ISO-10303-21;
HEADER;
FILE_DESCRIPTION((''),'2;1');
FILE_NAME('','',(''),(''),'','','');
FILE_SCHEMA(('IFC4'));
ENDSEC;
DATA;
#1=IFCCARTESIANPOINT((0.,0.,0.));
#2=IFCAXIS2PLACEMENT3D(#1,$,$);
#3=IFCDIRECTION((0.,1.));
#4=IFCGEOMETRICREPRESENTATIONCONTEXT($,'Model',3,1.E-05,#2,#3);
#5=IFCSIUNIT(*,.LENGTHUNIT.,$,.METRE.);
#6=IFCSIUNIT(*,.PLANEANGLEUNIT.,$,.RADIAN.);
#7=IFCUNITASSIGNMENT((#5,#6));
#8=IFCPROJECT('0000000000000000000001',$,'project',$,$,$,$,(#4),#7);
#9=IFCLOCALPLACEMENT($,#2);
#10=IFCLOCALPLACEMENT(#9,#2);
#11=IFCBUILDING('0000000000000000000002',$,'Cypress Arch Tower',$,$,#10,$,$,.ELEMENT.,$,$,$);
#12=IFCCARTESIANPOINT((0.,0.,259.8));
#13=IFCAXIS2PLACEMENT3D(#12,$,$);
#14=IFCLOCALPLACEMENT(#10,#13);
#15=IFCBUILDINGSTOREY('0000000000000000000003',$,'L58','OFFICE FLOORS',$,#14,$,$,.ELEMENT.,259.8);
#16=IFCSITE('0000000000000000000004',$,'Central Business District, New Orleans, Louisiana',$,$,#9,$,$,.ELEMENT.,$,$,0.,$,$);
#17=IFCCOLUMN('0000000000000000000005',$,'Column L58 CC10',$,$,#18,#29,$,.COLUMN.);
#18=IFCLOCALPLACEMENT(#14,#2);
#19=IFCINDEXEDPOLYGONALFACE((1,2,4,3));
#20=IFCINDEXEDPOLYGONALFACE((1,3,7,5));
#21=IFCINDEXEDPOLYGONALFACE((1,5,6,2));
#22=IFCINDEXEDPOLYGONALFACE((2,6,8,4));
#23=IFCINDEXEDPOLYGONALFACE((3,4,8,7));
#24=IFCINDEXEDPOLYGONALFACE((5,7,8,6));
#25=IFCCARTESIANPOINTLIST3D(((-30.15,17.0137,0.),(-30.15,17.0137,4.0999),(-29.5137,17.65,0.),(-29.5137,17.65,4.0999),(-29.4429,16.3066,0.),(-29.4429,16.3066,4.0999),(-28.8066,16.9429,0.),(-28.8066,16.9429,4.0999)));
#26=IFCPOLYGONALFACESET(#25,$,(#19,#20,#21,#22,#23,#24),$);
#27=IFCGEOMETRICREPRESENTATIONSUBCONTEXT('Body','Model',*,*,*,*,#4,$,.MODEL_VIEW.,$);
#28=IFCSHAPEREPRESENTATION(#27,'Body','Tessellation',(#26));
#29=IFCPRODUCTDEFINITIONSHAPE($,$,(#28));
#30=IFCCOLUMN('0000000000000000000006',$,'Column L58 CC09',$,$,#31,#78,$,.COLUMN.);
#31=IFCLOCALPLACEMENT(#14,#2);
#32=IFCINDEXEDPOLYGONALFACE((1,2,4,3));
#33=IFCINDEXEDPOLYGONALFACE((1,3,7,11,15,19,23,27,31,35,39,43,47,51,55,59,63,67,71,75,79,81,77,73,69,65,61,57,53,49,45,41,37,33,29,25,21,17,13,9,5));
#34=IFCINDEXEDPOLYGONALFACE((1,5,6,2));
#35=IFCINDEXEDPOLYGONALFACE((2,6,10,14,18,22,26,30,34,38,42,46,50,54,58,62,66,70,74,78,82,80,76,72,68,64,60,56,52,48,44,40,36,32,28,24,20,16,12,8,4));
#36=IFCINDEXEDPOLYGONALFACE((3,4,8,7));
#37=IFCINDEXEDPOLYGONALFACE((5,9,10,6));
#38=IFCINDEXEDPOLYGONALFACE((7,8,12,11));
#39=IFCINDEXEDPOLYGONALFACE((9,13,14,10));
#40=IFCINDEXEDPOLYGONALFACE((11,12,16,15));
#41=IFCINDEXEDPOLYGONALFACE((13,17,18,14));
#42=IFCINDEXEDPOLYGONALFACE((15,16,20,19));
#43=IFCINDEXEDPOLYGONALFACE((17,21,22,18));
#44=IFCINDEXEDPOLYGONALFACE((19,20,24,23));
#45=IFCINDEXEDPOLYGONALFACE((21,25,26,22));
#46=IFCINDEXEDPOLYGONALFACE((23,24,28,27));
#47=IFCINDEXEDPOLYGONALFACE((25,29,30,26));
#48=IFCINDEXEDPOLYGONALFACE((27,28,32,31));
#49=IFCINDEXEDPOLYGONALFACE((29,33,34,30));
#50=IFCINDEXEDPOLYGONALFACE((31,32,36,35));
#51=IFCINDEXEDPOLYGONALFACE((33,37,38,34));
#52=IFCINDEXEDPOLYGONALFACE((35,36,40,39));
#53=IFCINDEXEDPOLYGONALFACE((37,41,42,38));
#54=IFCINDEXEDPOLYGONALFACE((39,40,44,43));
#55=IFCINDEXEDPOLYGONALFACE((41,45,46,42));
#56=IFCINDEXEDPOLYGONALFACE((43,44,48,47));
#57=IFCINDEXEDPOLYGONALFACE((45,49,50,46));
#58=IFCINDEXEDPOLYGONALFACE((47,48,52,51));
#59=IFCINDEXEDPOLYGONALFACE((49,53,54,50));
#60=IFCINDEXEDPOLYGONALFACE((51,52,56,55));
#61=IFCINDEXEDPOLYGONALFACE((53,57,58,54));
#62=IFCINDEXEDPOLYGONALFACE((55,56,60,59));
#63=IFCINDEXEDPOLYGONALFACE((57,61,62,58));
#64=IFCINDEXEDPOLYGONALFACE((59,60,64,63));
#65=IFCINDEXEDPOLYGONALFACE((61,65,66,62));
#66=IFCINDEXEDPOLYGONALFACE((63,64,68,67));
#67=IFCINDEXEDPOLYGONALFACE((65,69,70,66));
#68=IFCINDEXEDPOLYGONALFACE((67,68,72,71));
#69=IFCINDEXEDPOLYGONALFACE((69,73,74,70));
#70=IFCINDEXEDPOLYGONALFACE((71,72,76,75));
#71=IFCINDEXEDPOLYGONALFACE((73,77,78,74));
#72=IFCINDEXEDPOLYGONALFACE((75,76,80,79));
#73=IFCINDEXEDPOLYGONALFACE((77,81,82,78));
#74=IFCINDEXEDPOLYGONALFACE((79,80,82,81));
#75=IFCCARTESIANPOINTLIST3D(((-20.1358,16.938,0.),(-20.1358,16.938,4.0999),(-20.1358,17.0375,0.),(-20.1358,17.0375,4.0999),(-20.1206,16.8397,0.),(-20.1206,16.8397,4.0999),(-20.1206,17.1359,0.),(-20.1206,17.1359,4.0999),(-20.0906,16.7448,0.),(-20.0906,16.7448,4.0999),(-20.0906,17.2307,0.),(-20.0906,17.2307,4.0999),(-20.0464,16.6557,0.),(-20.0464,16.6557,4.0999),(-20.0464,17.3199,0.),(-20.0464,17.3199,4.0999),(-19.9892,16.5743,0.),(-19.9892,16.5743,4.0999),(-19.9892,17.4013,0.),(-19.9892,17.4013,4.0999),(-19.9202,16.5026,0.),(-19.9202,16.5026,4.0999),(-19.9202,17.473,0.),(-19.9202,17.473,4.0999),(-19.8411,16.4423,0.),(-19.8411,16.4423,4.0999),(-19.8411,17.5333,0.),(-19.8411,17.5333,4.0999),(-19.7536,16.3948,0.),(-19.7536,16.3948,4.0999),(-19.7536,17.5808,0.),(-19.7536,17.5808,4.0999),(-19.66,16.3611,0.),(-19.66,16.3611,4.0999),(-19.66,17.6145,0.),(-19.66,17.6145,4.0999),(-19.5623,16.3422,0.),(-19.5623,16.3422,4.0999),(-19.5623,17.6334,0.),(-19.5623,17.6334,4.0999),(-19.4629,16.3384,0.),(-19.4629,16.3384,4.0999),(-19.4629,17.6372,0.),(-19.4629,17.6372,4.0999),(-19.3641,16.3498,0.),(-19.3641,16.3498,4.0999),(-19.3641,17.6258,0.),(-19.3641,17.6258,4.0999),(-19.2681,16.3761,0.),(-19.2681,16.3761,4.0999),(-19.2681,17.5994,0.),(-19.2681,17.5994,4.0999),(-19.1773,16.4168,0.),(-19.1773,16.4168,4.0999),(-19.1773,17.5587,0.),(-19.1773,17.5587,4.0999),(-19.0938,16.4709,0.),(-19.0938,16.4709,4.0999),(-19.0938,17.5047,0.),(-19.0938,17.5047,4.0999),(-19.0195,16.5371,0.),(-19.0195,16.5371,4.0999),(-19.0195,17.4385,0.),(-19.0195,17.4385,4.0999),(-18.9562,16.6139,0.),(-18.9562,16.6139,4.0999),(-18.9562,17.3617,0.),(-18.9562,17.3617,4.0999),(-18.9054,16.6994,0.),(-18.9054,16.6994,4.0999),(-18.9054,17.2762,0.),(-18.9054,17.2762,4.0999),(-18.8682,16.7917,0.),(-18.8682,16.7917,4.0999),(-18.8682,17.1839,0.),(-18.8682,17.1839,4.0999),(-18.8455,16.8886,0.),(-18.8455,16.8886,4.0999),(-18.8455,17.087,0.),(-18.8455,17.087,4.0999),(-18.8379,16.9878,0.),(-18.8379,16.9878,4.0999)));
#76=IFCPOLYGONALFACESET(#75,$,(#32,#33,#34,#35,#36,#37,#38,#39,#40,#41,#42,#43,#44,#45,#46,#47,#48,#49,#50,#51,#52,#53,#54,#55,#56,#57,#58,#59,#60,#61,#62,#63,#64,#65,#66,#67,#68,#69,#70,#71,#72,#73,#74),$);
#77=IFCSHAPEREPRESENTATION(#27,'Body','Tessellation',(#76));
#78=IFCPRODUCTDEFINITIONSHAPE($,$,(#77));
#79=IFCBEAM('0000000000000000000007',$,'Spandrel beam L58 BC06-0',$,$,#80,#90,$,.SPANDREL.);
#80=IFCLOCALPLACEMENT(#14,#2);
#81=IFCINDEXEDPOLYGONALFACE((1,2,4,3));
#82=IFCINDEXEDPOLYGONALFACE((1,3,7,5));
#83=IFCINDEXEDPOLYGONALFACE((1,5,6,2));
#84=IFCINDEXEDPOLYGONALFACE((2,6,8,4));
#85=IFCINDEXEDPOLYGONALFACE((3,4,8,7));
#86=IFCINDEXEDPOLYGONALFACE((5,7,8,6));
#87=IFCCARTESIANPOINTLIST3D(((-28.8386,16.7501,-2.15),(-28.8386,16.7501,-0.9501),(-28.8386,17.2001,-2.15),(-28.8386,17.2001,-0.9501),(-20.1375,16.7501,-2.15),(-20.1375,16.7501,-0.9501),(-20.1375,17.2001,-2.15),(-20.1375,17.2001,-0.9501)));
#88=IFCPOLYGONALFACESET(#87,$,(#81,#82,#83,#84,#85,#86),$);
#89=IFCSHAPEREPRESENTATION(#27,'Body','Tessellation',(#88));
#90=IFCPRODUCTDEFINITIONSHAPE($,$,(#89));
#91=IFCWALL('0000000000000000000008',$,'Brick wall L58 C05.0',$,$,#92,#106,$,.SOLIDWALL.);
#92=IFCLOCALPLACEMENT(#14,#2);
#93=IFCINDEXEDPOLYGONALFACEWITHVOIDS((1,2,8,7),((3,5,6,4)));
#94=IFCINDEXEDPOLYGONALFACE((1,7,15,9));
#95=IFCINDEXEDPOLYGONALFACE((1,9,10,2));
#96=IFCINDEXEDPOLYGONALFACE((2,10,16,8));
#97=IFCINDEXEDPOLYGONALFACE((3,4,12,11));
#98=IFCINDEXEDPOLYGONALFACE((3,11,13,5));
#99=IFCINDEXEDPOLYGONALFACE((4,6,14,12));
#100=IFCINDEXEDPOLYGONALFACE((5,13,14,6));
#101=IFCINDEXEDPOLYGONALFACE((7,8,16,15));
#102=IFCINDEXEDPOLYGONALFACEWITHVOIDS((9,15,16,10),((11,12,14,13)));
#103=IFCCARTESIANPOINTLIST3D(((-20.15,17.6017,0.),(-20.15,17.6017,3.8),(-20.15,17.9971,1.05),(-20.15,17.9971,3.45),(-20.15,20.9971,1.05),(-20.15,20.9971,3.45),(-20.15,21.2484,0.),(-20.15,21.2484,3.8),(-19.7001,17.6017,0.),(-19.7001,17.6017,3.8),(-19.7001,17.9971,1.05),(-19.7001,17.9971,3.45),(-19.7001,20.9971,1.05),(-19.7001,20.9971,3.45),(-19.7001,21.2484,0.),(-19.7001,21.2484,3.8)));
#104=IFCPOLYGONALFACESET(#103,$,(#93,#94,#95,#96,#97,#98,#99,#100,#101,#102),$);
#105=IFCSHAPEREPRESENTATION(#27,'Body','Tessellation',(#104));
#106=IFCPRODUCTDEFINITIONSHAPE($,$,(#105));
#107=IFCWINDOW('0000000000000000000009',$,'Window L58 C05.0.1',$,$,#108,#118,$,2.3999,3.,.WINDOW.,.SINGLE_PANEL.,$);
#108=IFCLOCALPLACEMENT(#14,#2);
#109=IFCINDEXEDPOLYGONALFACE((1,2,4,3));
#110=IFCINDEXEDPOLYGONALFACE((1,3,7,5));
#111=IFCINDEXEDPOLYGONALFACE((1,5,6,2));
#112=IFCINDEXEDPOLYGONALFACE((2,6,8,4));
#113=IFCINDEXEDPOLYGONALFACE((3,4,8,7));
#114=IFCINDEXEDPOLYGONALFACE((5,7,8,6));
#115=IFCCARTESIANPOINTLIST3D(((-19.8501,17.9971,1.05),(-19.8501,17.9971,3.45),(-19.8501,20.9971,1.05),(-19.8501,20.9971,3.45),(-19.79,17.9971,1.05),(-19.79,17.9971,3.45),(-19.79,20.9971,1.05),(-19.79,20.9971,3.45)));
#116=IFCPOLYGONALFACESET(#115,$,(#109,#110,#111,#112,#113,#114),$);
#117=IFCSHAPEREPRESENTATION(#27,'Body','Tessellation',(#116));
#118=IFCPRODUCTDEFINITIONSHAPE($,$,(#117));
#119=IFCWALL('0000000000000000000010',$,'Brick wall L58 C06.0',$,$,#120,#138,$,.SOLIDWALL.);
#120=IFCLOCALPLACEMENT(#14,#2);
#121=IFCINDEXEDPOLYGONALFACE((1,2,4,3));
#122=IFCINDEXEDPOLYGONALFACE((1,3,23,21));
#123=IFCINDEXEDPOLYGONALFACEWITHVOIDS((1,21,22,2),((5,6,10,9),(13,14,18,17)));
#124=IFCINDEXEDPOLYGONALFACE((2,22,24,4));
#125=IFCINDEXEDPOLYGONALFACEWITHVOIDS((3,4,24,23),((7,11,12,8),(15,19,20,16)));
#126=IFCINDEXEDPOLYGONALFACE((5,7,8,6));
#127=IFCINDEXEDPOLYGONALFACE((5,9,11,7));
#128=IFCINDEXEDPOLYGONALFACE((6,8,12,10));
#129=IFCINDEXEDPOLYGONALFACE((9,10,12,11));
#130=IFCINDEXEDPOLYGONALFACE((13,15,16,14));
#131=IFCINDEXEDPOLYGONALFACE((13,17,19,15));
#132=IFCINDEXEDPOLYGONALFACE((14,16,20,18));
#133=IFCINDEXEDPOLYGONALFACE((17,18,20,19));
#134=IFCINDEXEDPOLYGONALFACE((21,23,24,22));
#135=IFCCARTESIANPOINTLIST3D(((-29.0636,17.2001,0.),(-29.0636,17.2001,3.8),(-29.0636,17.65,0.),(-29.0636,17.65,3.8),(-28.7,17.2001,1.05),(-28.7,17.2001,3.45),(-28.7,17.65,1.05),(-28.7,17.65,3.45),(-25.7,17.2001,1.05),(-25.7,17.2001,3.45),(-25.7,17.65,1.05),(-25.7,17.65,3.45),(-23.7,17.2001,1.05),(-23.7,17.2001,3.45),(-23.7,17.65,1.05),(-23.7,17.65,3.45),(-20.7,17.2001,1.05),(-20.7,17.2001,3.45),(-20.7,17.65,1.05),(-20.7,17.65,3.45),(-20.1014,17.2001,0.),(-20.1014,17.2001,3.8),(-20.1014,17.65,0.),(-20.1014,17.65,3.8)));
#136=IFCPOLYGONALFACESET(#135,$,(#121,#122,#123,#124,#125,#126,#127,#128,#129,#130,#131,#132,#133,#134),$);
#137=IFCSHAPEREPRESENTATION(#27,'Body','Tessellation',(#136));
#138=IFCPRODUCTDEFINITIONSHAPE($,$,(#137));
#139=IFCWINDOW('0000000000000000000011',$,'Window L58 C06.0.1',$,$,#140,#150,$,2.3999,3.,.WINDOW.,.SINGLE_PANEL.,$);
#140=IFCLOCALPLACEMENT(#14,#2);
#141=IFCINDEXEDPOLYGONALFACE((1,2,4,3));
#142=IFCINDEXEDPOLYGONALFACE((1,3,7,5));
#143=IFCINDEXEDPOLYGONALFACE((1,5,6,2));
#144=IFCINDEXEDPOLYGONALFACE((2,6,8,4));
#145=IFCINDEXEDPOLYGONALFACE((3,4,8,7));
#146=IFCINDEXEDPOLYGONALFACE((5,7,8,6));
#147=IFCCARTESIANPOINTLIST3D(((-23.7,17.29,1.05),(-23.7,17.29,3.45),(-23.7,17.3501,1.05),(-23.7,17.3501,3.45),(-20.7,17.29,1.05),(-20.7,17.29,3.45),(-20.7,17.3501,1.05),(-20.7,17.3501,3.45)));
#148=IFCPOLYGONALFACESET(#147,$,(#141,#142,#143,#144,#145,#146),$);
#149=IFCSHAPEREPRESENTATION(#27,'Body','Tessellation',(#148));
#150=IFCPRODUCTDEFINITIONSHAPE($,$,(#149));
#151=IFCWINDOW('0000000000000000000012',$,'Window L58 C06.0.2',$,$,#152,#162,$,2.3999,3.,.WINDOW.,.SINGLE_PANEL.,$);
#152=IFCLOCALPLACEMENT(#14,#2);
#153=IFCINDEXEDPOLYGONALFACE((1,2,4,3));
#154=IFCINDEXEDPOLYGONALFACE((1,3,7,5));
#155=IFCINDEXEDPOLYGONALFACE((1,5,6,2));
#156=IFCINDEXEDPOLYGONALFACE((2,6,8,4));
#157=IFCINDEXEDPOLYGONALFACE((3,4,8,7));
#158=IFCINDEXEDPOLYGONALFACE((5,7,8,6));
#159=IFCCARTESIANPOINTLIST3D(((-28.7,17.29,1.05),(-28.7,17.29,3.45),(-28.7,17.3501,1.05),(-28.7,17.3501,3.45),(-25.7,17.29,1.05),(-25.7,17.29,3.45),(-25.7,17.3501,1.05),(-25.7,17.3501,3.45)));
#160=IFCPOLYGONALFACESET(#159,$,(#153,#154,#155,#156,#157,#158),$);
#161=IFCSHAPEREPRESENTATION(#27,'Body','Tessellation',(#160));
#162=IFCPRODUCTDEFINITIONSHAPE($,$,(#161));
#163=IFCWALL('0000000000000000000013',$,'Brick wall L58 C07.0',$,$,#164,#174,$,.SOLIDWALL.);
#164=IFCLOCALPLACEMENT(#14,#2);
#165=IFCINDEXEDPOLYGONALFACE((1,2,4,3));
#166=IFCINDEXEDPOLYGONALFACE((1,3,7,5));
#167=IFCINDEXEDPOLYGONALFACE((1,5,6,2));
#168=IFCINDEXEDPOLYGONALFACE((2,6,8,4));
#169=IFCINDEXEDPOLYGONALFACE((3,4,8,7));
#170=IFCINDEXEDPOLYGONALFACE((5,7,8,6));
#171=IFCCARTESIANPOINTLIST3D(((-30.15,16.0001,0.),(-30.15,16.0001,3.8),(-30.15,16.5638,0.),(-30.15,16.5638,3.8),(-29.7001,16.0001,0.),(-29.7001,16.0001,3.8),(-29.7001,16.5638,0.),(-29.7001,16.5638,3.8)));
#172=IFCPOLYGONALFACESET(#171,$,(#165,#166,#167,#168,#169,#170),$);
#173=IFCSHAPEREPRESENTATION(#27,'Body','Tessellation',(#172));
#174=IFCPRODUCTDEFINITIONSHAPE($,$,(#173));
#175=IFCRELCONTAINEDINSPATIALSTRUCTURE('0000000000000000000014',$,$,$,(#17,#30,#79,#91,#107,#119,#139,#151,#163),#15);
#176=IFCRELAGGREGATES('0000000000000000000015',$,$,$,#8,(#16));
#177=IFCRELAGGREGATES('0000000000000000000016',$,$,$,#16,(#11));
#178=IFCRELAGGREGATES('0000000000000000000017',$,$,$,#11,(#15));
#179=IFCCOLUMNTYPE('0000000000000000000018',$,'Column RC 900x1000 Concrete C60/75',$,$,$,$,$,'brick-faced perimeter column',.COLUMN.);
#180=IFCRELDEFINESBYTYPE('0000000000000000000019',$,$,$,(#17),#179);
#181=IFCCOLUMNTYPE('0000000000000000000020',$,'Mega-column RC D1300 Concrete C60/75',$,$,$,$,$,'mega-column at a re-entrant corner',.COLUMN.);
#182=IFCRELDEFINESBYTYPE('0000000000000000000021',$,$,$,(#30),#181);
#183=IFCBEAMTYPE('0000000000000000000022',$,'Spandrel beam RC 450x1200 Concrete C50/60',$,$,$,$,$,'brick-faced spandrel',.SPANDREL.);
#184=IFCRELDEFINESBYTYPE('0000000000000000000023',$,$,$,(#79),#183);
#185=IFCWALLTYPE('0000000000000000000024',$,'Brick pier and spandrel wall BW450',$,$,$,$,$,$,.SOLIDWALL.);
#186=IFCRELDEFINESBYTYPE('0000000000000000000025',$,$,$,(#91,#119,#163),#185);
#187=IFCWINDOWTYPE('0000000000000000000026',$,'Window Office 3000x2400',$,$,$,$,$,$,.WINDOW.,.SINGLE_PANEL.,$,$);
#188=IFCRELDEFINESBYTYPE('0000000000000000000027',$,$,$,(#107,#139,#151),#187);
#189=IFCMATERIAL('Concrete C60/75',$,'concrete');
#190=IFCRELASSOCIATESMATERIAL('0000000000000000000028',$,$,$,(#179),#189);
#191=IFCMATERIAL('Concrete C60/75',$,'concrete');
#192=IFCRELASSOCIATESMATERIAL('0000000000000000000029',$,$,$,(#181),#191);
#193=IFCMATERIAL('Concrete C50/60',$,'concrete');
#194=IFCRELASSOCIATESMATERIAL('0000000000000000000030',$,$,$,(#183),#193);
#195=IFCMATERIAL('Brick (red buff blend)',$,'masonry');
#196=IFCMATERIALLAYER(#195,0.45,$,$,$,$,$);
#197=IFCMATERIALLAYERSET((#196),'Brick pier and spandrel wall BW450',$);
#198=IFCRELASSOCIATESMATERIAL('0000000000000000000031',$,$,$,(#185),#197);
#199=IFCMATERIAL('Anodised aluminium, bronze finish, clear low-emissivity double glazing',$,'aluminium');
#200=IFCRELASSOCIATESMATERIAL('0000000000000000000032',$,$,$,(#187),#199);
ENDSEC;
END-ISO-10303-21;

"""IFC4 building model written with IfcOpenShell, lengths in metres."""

from ifc_helpers import new_model, si_unit, direction, frame, frame_2d, origin, origin_2d, place, context, subcontext, project, spatial, rectangle, circle, extrude, material, layer, layer_set, material_profile, profile_set, type_object, element, fill, save


model = new_model("IFC4")

# Units and contexts
model_context = context("Model", 3, precision=1e-05, world=origin(), true_north=direction((0.0, 1.0)))
body_context = subcontext(model_context, "Body", "Model", "MODEL_VIEW")
ifc_project = project(units=[si_unit("LENGTHUNIT", "METRE"), si_unit("PLANEANGLEUNIT", "RADIAN")], contexts=[model_context])

# Site, building, storey
site_placement = place(None, origin())
site = spatial("IfcSite", under=ifc_project, at=site_placement, Name="Central Business District, New Orleans, Louisiana", CompositionType="ELEMENT", RefElevation=0.0)
building_placement = place(site_placement, origin())
building = spatial("IfcBuilding", under=site, at=building_placement, Name="Cypress Arch Tower", CompositionType="ELEMENT")
storey_placement = place(building_placement, frame((0.0, 0.0, 259.8)))
storey = spatial("IfcBuildingStorey", under=building, at=storey_placement, Name="L58", Description="OFFICE FLOORS", CompositionType="ELEMENT", Elevation=259.8)

# Columns
ifc_material_1 = material(Name="Concrete C60/75", Category="concrete")
ifc_material_profile_1 = material_profile(ifc_material_1, rectangle(XDim=0.8999, YDim=1.0, at=origin_2d()), Name="RC 900x1000")
ifc_profile_set_1 = profile_set([ifc_material_profile_1], Name="Concrete C60/75")
column_type_1 = type_object("IfcColumnType", Name="Column RC 900x1000 Concrete C60/75", ElementType="brick-faced perimeter column", PredefinedType="COLUMN", material=ifc_profile_set_1)
column_1_placement = place(storey_placement, frame((-29.4783, 16.9783, 0.0), z_axis=(0.0, 0.0, 1.0), x_axis=(-0.707107, -0.707107, 0.0)))
element("IfcColumn", 1, at=column_1_placement, inside=storey, type_object=column_type_1, Name="Column L58 CC10", PredefinedType="COLUMN", context=body_context, shape_type="SweptSolid", body=[
    extrude(rectangle(XDim=0.8999, YDim=1.0, at=origin_2d()), origin(), (0.0, 0.0, 1.0), 4.0999),
])
ifc_material_2 = material(Name="Concrete C60/75", Category="concrete")
ifc_material_profile_2 = material_profile(ifc_material_2, circle(Radius=0.6499, at=origin_2d()), Name="RC D1300")
ifc_profile_set_2 = profile_set([ifc_material_profile_2], Name="Concrete C60/75")
column_type_2 = type_object("IfcColumnType", Name="Mega-column RC D1300 Concrete C60/75", ElementType="mega-column at a re-entrant corner", PredefinedType="COLUMN", material=ifc_profile_set_2)
column_2_placement = place(storey_placement, frame((-19.4878, 16.9878, 0.0), z_axis=(0.0, 0.0, 1.0), x_axis=(1.0, 0.0, 0.0)))
element("IfcColumn", 2, at=column_2_placement, inside=storey, type_object=column_type_2, Name="Column L58 CC09", PredefinedType="COLUMN", context=body_context, shape_type="SweptSolid", body=[
    extrude(circle(Radius=0.6499, at=origin_2d()), origin(), (0.0, 0.0, 1.0), 4.0999),
])

# Beam
ifc_material_3 = material(Name="Concrete C50/60", Category="concrete")
ifc_material_profile_3 = material_profile(ifc_material_3, rectangle(XDim=0.45, YDim=1.2, at=origin_2d()), Name="RC 450x1200")
ifc_profile_set_3 = profile_set([ifc_material_profile_3], Name="Concrete C50/60")
beam_type = type_object("IfcBeamType", Name="Spandrel beam RC 450x1200 Concrete C50/60", ElementType="brick-faced spandrel", PredefinedType="SPANDREL", material=ifc_profile_set_3)
beam_placement = place(storey_placement, frame((-20.1375, 16.9751, -1.55), z_axis=(-1.0, 0.0, 0.0), x_axis=(0.0, -1.0, 0.0)))
element("IfcBeam", 3, at=beam_placement, inside=storey, type_object=beam_type, Name="Spandrel beam L58 BC06-0", PredefinedType="SPANDREL", context=body_context, shape_type="SweptSolid", body=[
    extrude(rectangle(XDim=0.45, YDim=1.2, at=origin_2d()), origin(), (0.0, 0.0, 1.0), 8.7012),
])

# Wall, opening, window
ifc_material_4 = material(Name="Brick (red buff blend)", Category="masonry")
ifc_layer_1 = layer(ifc_material_4, 0.45)
ifc_layer_set_1 = layer_set([ifc_layer_1], Name="Brick pier and spandrel wall BW450")
wall_type_1 = type_object("IfcWallType", Name="Brick pier and spandrel wall BW450", PredefinedType="SOLIDWALL", material=ifc_layer_set_1)
wall_1_placement = place(storey_placement, frame((-19.925, 21.2483, 0.0), z_axis=(0.0, 0.0, 1.0), x_axis=(0.0, -1.0, 0.0)))
wall_1 = element("IfcWall", 4, at=wall_1_placement, inside=storey, type_object=wall_type_1, Name="Brick wall L58 C05.0", PredefinedType="SOLIDWALL", context=body_context, shape_type="SweptSolid", body=[
    extrude(rectangle(XDim=3.6467, YDim=0.45, at=frame_2d((1.8232, 0.0))), origin(), (0.0, 0.0, 1.0), 3.8),
])
opening_1_placement = place(wall_1_placement, frame((0.2512, 0.0, 1.05)))
opening_1 = element("IfcOpeningElement", 5, at=opening_1_placement, cuts=wall_1, PredefinedType="OPENING", context=body_context, shape_type="SweptSolid", body=[
    extrude(rectangle(XDim=3.0, YDim=2.3999, at=frame_2d((1.5, 1.2))), frame((0.0, 0.2349, 0.0), z_axis=(0.0, -1.0, 0.0), x_axis=(1.0, 0.0, 0.0)), (0.0, 0.0, 1.0), 0.47),
])
ifc_material_5 = material(Name="Anodised aluminium, bronze finish, clear low-emissivity double glazing", Category="aluminium")
window_type = type_object("IfcWindowType", Name="Window Office 3000x2400", PartitioningType="SINGLE_PANEL", PredefinedType="WINDOW", material=ifc_material_5)
window_1_placement = place(opening_1_placement, origin())
window_1 = element("IfcWindow", 6, at=window_1_placement, inside=storey, type_object=window_type, Name="Window L58 C05.0.1", OverallHeight=2.3999, OverallWidth=3.0, PartitioningType="SINGLE_PANEL", PredefinedType="WINDOW", context=body_context, shape_type="SweptSolid", body=[
    extrude(rectangle(XDim=3.0, YDim=2.3999, at=frame_2d((1.5, 1.2))), frame((0.0, 0.135, 0.0), z_axis=(0.0, -1.0, 0.0), x_axis=(1.0, 0.0, 0.0)), (0.0, 0.0, 1.0), 0.0601),
])
fill(opening_1, window_1)

# Wall, openings, windows
wall_2_placement = place(storey_placement, frame((-20.1016, 17.425, 0.0), z_axis=(0.0, 0.0, 1.0), x_axis=(-1.0, 0.0, 0.0)))
wall_2 = element("IfcWall", 7, at=wall_2_placement, inside=storey, type_object=wall_type_1, Name="Brick wall L58 C06.0", PredefinedType="SOLIDWALL", context=body_context, shape_type="SweptSolid", body=[
    extrude(rectangle(XDim=8.9622, YDim=0.45, at=frame_2d((4.481, 0.0))), origin(), (0.0, 0.0, 1.0), 3.8),
])
opening_2_placement = place(wall_2_placement, frame((0.5984, 0.0, 1.05)))
opening_2 = element("IfcOpeningElement", 8, at=opening_2_placement, cuts=wall_2, PredefinedType="OPENING", context=body_context, shape_type="SweptSolid", body=[
    extrude(rectangle(XDim=3.0, YDim=2.3999, at=frame_2d((1.5, 1.2))), frame((0.0, 0.2349, 0.0), z_axis=(0.0, -1.0, 0.0), x_axis=(1.0, 0.0, 0.0)), (0.0, 0.0, 1.0), 0.47),
])
opening_3_placement = place(wall_2_placement, frame((5.5984, 0.0, 1.05)))
opening_3 = element("IfcOpeningElement", 9, at=opening_3_placement, cuts=wall_2, PredefinedType="OPENING", context=body_context, shape_type="SweptSolid", body=[
    extrude(rectangle(XDim=3.0, YDim=2.3999, at=frame_2d((1.5, 1.2))), frame((0.0, 0.2349, 0.0), z_axis=(0.0, -1.0, 0.0), x_axis=(1.0, 0.0, 0.0)), (0.0, 0.0, 1.0), 0.47),
])
window_2_placement = place(opening_2_placement, origin())
window_2 = element("IfcWindow", 10, at=window_2_placement, inside=storey, type_object=window_type, Name="Window L58 C06.0.1", OverallHeight=2.3999, OverallWidth=3.0, PartitioningType="SINGLE_PANEL", PredefinedType="WINDOW", context=body_context, shape_type="SweptSolid", body=[
    extrude(rectangle(XDim=3.0, YDim=2.3999, at=frame_2d((1.5, 1.2))), frame((0.0, 0.135, 0.0), z_axis=(0.0, -1.0, 0.0), x_axis=(1.0, 0.0, 0.0)), (0.0, 0.0, 1.0), 0.0601),
])
fill(opening_2, window_2)
window_3_placement = place(opening_3_placement, origin())
window_3 = element("IfcWindow", 11, at=window_3_placement, inside=storey, type_object=window_type, Name="Window L58 C06.0.2", OverallHeight=2.3999, OverallWidth=3.0, PartitioningType="SINGLE_PANEL", PredefinedType="WINDOW", context=body_context, shape_type="SweptSolid", body=[
    extrude(rectangle(XDim=3.0, YDim=2.3999, at=frame_2d((1.5, 1.2))), frame((0.0, 0.135, 0.0), z_axis=(0.0, -1.0, 0.0), x_axis=(1.0, 0.0, 0.0)), (0.0, 0.0, 1.0), 0.0601),
])
fill(opening_3, window_3)

# Wall
wall_3_placement = place(storey_placement, frame((-29.925, 16.5637, 0.0), z_axis=(0.0, 0.0, 1.0), x_axis=(0.0, -1.0, 0.0)))
element("IfcWall", 12, at=wall_3_placement, inside=storey, type_object=wall_type_1, Name="Brick wall L58 C07.0", PredefinedType="SOLIDWALL", context=body_context, shape_type="SweptSolid", body=[
    extrude(rectangle(XDim=0.5637, YDim=0.45, at=frame_2d((0.2817, 0.0))), origin(), (0.0, 0.0, 1.0), 3.8),
])

save(model, "model.ifc")
